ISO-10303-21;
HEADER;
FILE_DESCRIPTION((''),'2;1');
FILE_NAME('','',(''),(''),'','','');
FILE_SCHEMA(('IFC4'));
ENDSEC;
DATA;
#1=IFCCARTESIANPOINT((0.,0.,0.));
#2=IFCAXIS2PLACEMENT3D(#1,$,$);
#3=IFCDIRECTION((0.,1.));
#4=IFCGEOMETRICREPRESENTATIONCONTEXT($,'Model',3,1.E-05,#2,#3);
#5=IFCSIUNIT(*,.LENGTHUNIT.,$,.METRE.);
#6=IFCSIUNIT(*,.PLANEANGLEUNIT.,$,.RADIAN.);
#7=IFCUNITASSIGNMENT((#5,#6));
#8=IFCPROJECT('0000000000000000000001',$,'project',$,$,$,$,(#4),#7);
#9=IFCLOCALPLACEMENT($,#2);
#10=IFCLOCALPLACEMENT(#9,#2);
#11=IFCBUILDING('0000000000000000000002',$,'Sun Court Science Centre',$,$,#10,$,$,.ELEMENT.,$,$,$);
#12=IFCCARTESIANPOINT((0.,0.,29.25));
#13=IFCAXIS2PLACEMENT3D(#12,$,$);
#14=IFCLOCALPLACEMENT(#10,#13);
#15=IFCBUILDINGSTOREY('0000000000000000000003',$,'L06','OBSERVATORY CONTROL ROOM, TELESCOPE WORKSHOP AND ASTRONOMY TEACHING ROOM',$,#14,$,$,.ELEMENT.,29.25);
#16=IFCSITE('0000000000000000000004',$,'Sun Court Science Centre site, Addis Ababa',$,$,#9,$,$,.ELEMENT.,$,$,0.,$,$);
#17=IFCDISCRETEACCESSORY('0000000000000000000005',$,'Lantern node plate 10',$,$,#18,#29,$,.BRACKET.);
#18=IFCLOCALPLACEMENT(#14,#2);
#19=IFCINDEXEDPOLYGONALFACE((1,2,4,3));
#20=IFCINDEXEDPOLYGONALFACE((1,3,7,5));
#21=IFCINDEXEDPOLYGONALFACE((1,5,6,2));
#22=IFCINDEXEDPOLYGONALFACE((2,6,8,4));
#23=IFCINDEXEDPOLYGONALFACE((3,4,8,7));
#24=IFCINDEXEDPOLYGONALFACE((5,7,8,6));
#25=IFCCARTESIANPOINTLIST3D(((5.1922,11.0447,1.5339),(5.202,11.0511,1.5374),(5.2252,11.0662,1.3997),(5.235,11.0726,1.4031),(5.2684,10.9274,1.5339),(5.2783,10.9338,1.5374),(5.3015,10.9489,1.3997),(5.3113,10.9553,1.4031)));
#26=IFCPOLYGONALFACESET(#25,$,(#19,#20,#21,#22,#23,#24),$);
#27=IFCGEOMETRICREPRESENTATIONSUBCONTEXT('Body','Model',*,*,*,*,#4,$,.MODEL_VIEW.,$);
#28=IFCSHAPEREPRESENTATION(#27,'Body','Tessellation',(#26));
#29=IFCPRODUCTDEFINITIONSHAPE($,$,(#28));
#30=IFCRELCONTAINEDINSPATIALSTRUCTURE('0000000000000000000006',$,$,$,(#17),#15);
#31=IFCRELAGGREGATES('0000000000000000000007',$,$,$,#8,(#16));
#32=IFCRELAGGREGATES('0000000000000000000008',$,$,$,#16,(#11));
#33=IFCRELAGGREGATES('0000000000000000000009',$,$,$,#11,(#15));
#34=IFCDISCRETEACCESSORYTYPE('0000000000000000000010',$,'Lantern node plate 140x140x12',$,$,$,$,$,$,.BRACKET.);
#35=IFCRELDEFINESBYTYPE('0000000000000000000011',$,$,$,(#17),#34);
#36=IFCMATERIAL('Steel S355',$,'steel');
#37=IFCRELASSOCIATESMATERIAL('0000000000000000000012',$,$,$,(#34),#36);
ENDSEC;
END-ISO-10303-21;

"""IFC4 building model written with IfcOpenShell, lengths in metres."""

from ifc_helpers import new_model, si_unit, direction, frame, origin, origin_2d, place, context, subcontext, project, spatial, rectangle, extrude, material, material_profile, profile_set, type_object, element, save


model = new_model("IFC4")

# Units and contexts
model_context = context("Model", 3, precision=1e-05, world=origin(), true_north=direction((0.0, 1.0)))
body_context = subcontext(model_context, "Body", "Model", "MODEL_VIEW")
ifc_project = project(units=[si_unit("LENGTHUNIT", "METRE"), si_unit("PLANEANGLEUNIT", "RADIAN")], contexts=[model_context])

# Site, building, storey
site_placement = place(None, origin())
site = spatial("IfcSite", under=ifc_project, at=site_placement, Name="Sun Court Science Centre site, Addis Ababa", CompositionType="ELEMENT", RefElevation=0.0)
building_placement = place(site_placement, origin())
building = spatial("IfcBuilding", under=site, at=building_placement, Name="Sun Court Science Centre", CompositionType="ELEMENT")
storey_placement = place(building_placement, frame((0.0, 0.0, 29.25)))
storey = spatial("IfcBuildingStorey", under=building, at=storey_placement, Name="L06", Description="OBSERVATORY CONTROL ROOM, TELESCOPE WORKSHOP AND ASTRONOMY TEACHING ROOM", CompositionType="ELEMENT", Elevation=29.25)

# Discrete accessory
ifc_material_1 = material(Name="Steel S355", Category="steel")
ifc_material_profile_1 = material_profile(ifc_material_1, rectangle(XDim=0.1399, YDim=0.1399, at=origin_2d()), Name="PL 140x140")
ifc_profile_set_1 = profile_set([ifc_material_profile_1], Name="Steel S355")
discrete_accessory_type = type_object("IfcDiscreteAccessoryType", Name="Lantern node plate 140x140x12", PredefinedType="BRACKET", material=ifc_profile_set_1)
for number, where, z_axis, x_axis, name in (
    (1, (5.2468, 10.9968, 1.4668), (0.804518, 0.522937, 0.281581), (-0.544988, 0.838444, 0.0), "Lantern node plate 10"),
):
    element("IfcDiscreteAccessory", number, at=place(storey_placement, frame(where, z_axis=z_axis, x_axis=x_axis)), inside=storey, type_object=discrete_accessory_type, Name=name, PredefinedType="BRACKET", context=body_context, shape_type="SweptSolid", body=[
        extrude(rectangle(XDim=0.1399, YDim=0.1399, at=origin_2d()), origin(), (0.0, 0.0, 1.0), 0.0122),
    ])

save(model, "model.ifc")
